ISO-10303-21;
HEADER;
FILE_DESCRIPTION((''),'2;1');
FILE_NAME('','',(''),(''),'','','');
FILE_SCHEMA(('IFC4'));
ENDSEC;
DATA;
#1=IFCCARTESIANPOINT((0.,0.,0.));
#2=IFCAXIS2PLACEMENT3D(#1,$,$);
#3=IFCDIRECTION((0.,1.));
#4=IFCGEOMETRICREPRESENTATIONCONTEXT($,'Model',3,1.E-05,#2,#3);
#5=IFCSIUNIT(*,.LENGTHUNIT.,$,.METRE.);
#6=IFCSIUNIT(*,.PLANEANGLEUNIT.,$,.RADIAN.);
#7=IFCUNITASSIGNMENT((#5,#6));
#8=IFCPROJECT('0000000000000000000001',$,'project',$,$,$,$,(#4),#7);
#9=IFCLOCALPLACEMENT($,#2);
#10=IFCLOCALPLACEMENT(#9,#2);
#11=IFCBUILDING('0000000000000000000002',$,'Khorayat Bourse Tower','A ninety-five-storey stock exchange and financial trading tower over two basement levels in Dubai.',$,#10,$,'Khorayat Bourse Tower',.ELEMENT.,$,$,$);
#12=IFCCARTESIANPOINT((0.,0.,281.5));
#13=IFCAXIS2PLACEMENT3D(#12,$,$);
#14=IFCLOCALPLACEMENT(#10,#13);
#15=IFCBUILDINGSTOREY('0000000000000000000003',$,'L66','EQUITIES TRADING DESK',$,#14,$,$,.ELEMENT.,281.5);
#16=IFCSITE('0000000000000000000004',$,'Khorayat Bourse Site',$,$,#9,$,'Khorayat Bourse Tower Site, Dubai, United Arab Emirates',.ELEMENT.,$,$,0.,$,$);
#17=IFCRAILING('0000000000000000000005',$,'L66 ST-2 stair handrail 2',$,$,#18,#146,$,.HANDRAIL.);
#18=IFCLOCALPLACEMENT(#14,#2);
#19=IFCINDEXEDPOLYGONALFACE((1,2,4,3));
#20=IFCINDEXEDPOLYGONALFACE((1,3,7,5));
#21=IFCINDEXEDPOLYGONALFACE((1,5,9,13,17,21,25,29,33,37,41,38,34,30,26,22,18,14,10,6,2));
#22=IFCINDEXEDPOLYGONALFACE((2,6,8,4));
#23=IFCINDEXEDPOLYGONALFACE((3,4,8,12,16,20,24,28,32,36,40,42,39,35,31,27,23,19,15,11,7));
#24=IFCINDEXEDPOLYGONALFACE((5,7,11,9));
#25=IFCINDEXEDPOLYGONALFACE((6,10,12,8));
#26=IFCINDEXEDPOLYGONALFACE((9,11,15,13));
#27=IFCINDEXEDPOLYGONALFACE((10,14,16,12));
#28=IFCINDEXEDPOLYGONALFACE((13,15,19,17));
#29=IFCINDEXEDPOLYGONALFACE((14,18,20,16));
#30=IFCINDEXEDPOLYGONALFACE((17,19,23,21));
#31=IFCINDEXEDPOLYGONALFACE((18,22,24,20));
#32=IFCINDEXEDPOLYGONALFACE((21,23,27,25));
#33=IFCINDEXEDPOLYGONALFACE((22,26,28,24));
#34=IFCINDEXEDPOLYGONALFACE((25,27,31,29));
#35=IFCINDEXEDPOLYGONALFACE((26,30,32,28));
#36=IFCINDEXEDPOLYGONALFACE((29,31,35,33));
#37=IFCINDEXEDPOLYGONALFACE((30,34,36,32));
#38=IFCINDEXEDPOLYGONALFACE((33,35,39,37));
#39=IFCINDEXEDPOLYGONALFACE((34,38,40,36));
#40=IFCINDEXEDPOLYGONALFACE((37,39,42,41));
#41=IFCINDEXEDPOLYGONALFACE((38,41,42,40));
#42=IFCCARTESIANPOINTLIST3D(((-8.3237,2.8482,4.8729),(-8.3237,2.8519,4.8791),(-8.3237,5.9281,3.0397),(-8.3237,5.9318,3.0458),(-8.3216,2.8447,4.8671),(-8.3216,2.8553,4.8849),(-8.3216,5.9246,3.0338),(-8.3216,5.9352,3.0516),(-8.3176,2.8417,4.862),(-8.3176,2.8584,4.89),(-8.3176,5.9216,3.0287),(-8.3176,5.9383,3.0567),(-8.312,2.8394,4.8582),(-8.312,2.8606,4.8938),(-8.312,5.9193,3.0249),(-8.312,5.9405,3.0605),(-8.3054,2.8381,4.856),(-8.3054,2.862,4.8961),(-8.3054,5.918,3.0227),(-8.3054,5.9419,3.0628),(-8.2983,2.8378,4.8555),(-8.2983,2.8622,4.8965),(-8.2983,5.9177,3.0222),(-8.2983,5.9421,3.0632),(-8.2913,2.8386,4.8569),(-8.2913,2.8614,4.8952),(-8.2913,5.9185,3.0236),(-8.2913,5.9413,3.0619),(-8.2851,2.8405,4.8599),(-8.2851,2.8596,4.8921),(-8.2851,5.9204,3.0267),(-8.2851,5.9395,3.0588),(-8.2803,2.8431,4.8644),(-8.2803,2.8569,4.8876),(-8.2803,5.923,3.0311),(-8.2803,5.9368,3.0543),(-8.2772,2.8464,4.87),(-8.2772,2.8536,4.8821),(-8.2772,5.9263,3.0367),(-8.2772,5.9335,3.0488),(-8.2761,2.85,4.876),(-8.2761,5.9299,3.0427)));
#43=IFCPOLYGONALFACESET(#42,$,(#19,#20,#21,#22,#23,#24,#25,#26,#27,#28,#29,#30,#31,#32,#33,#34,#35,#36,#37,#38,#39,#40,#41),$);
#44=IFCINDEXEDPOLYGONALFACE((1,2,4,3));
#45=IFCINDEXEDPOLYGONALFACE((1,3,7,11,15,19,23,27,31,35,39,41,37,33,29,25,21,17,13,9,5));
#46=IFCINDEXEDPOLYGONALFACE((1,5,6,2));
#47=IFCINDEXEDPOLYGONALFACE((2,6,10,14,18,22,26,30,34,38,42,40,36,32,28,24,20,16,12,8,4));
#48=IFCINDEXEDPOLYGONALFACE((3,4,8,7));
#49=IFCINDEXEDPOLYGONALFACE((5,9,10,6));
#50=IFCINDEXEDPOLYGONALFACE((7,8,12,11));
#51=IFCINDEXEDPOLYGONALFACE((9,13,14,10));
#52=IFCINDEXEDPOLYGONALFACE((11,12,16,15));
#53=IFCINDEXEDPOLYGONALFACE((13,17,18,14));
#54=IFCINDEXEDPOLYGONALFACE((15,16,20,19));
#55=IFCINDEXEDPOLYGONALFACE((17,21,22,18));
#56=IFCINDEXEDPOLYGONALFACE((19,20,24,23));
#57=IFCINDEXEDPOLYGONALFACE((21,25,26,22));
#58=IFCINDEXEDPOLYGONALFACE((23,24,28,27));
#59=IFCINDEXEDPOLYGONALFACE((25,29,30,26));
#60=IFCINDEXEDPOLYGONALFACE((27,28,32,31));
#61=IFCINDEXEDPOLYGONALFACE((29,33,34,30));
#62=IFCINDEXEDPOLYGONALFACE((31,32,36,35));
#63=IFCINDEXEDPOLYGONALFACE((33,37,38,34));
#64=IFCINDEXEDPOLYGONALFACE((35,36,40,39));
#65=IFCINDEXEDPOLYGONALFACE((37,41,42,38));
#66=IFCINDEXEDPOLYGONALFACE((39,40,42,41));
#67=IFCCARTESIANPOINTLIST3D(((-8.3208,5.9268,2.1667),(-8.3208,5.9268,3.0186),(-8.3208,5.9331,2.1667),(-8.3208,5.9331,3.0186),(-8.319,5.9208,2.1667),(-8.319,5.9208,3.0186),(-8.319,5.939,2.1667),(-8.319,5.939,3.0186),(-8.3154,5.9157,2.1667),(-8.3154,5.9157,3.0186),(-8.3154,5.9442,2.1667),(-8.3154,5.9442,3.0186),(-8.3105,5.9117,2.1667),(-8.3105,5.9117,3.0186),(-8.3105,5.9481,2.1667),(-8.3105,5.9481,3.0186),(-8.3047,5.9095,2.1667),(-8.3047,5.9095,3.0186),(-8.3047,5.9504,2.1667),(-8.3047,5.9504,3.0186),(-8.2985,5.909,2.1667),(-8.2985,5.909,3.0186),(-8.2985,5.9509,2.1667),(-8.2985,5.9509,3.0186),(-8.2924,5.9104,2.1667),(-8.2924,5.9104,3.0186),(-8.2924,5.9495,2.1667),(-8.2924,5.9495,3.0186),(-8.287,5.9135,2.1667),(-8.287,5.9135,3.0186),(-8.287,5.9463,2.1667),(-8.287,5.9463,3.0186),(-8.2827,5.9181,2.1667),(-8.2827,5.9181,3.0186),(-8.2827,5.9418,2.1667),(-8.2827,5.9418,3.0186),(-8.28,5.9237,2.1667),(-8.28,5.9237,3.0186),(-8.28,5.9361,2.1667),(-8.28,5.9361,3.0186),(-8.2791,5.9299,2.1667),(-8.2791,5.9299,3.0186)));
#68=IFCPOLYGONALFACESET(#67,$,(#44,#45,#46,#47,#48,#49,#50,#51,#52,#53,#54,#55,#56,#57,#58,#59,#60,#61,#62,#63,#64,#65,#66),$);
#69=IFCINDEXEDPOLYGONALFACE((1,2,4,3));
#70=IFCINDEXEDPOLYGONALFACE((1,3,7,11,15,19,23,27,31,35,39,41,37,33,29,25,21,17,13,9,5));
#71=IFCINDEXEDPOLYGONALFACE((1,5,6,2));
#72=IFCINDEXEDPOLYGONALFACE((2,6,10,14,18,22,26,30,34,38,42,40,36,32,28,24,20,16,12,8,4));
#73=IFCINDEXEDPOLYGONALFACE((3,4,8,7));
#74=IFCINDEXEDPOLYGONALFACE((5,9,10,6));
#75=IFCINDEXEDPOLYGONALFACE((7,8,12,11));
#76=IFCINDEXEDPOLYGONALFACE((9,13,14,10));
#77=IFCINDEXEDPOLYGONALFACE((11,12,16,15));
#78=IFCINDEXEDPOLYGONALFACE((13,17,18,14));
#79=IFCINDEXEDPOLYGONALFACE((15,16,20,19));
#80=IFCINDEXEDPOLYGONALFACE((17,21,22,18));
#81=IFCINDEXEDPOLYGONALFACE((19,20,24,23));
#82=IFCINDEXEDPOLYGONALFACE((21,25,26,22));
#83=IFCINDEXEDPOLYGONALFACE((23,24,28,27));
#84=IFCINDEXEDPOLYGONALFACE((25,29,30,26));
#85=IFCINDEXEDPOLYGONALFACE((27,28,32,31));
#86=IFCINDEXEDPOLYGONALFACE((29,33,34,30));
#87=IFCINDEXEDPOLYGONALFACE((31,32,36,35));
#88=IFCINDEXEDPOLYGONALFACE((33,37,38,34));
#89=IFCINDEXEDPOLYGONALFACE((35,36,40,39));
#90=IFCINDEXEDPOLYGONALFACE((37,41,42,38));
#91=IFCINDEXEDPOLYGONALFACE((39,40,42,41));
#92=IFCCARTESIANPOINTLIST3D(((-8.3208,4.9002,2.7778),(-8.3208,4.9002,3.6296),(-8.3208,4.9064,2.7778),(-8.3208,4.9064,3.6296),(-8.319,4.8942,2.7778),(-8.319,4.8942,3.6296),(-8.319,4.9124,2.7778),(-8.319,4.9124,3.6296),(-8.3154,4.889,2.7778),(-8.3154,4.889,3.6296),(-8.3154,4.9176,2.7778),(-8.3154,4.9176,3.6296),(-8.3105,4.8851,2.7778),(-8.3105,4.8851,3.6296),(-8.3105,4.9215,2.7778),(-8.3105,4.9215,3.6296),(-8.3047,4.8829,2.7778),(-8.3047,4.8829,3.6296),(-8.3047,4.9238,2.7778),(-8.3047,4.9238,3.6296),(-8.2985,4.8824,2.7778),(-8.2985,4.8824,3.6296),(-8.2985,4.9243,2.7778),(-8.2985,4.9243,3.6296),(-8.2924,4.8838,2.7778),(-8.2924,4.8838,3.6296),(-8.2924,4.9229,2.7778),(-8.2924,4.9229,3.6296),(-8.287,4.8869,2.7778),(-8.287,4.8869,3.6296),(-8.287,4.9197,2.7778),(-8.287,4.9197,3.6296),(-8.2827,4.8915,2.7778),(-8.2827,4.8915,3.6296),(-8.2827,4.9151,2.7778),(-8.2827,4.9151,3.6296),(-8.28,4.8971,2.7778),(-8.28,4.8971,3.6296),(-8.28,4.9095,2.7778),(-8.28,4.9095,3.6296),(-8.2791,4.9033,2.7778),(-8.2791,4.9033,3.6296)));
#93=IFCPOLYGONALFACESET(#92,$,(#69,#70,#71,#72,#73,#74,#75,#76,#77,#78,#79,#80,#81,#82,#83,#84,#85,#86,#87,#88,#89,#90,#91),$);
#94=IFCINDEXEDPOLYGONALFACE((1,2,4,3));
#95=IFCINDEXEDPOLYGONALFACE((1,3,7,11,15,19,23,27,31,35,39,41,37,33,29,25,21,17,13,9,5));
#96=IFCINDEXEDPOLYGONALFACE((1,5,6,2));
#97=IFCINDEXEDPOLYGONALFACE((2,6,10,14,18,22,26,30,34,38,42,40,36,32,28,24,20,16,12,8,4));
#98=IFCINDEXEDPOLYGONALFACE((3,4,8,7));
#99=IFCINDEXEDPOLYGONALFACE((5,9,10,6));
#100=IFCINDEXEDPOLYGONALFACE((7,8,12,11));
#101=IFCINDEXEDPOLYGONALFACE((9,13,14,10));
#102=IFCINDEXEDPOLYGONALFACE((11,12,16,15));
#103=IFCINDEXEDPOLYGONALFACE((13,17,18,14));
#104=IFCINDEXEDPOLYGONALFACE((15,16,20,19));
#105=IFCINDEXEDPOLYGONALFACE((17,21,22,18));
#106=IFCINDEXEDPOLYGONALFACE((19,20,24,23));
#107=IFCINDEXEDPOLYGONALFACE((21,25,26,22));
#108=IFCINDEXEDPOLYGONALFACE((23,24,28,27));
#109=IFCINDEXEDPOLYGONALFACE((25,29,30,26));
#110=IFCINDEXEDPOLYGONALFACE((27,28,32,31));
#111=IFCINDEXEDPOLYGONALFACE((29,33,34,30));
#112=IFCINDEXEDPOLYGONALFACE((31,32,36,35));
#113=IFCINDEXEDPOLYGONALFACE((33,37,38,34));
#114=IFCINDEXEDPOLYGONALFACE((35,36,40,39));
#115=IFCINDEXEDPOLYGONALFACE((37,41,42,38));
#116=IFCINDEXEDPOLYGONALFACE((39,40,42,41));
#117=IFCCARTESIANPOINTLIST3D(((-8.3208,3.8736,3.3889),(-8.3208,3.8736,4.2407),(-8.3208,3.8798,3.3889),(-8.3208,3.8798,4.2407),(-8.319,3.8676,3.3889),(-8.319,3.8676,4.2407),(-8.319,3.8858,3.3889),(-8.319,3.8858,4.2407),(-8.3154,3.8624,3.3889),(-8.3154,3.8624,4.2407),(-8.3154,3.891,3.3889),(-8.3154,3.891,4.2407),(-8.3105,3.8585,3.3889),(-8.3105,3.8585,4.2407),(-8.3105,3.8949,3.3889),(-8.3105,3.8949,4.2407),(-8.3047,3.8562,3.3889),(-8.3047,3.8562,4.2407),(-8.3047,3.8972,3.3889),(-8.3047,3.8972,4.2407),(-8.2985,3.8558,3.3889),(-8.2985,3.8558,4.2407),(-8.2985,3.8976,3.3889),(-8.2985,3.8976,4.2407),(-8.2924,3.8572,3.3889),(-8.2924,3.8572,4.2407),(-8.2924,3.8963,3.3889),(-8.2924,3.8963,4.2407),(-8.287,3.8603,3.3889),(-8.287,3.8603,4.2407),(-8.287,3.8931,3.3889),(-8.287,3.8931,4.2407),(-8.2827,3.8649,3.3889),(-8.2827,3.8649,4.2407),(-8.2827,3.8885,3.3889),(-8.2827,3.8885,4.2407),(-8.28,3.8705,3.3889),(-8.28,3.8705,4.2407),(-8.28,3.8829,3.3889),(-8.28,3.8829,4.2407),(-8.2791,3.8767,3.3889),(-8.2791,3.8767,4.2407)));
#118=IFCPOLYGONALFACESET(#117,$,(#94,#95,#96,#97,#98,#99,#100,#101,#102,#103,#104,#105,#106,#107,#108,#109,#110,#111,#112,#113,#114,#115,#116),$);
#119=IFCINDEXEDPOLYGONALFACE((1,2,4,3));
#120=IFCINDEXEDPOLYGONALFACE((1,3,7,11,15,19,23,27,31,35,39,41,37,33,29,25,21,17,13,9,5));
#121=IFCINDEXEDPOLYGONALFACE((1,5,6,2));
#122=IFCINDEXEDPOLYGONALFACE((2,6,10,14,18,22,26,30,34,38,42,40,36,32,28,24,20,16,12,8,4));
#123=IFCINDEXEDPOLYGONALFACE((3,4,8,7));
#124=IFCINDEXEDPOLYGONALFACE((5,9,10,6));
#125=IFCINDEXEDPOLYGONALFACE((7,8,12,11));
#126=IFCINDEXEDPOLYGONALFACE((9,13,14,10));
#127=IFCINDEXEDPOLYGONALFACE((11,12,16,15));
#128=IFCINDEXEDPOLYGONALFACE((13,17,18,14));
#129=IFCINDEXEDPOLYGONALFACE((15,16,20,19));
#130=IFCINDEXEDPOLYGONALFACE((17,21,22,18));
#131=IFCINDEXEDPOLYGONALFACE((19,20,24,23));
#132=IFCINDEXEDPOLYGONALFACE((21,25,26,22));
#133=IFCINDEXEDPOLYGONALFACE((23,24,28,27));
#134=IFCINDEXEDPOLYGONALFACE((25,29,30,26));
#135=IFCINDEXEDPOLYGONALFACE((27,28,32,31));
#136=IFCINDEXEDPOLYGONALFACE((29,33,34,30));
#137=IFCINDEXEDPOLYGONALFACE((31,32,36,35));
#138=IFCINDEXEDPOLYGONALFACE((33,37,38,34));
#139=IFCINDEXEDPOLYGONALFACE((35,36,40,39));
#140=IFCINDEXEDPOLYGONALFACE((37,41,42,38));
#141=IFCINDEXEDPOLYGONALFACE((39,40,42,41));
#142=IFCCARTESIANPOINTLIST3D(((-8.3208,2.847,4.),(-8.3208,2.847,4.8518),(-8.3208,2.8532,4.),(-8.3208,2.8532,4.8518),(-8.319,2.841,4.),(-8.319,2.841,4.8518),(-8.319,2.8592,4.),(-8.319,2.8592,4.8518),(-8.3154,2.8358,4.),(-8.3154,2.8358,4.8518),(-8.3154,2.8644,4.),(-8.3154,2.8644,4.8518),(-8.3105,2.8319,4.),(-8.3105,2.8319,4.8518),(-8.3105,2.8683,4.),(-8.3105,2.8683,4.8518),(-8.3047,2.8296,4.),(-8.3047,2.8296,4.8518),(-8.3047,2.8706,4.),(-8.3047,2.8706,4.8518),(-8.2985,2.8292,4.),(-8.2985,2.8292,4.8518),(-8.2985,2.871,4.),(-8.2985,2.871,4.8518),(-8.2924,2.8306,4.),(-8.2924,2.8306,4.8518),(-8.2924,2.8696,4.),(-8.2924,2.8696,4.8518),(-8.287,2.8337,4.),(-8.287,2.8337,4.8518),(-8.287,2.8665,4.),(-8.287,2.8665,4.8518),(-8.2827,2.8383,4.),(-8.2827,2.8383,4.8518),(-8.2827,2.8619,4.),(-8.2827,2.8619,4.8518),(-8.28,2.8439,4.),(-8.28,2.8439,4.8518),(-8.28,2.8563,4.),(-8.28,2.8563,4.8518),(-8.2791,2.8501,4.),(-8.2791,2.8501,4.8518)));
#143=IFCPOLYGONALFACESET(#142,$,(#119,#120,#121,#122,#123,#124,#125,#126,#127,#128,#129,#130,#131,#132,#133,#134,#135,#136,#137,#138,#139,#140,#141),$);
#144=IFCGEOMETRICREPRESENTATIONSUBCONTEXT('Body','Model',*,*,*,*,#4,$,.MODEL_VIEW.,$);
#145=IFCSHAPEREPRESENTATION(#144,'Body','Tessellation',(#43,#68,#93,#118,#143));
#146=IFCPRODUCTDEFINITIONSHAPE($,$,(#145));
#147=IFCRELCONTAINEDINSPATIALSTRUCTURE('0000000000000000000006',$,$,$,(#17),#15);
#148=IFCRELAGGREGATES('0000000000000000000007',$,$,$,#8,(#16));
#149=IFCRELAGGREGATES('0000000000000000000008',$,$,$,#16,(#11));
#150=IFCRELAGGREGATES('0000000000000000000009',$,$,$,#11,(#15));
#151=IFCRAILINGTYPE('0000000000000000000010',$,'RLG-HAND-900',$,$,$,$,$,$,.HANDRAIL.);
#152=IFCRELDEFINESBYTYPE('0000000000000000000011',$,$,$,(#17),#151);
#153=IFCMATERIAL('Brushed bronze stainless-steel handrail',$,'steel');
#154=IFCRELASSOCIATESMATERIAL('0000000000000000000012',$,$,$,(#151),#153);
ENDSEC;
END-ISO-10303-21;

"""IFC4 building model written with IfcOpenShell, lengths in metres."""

from ifc_helpers import new_model, si_unit, direction, frame, origin, origin_2d, place, context, subcontext, project, spatial, circle, extrude, source, transform, mapped, material, type_object, element, save


model = new_model("IFC4")

# Units and contexts
model_context = context("Model", 3, precision=1e-05, world=origin(), true_north=direction((0.0, 1.0)))
body_context = subcontext(model_context, "Body", "Model", "MODEL_VIEW")
ifc_project = project(units=[si_unit("LENGTHUNIT", "METRE"), si_unit("PLANEANGLEUNIT", "RADIAN")], contexts=[model_context])

# Site, building, storey
site_placement = place(None, origin())
site = spatial("IfcSite", under=ifc_project, at=site_placement, Name="Khorayat Bourse Site", LongName="Khorayat Bourse Tower Site, Dubai, United Arab Emirates", CompositionType="ELEMENT", RefElevation=0.0)
building_placement = place(site_placement, origin())
building = spatial("IfcBuilding", under=site, at=building_placement, Name="Khorayat Bourse Tower", Description="A ninety-five-storey stock exchange and financial trading tower over two basement levels in Dubai.", LongName="Khorayat Bourse Tower", CompositionType="ELEMENT")
storey_placement = place(building_placement, frame((0.0, 0.0, 281.5)))
storey = spatial("IfcBuildingStorey", under=building, at=storey_placement, Name="L66", Description="EQUITIES TRADING DESK", CompositionType="ELEMENT", Elevation=281.5)

# Railing
ifc_material_1 = material(Name="Brushed bronze stainless-steel handrail", Category="steel")
railing_type_1 = type_object("IfcRailingType", Name="RLG-HAND-900", PredefinedType="HANDRAIL", material=ifc_material_1)
shared_shape_1 = source(origin(), body_context, "Body", "SweptSolid", [
    extrude(circle(Radius=0.0239, at=origin_2d()), frame((0.0, 0.0, 0.876), z_axis=(0.0, -0.859291, 0.511487), x_axis=(1.0, 0.0, 0.0)), (0.0, 0.0, 1.0), 3.5842),
    extrude(circle(Radius=0.021, at=origin_2d()), origin(), (0.0, 0.0, 1.0), 0.8518),
    extrude(circle(Radius=0.021, at=origin_2d()), frame((0.0, -1.0266, 0.6111)), (0.0, 0.0, 1.0), 0.8518),
    extrude(circle(Radius=0.021, at=origin_2d()), frame((0.0, -2.0532, 1.2222)), (0.0, 0.0, 1.0), 0.8518),
    extrude(circle(Radius=0.021, at=origin_2d()), frame((0.0, -3.0798, 1.8333)), (0.0, 0.0, 1.0), 0.8518),
])
railing_1_placement = place(storey_placement, frame((-8.3, 5.9299, 2.1667)))
element("IfcRailing", 1, at=railing_1_placement, inside=storey, type_object=railing_type_1, Name="L66 ST-2 stair handrail 2", PredefinedType="HANDRAIL", context=body_context, shape_type="MappedRepresentation", body=[
    mapped(shared_shape_1, transform((0.0, 0.0, 0.0), scale=1.0)),
])

save(model, "model.ifc")
